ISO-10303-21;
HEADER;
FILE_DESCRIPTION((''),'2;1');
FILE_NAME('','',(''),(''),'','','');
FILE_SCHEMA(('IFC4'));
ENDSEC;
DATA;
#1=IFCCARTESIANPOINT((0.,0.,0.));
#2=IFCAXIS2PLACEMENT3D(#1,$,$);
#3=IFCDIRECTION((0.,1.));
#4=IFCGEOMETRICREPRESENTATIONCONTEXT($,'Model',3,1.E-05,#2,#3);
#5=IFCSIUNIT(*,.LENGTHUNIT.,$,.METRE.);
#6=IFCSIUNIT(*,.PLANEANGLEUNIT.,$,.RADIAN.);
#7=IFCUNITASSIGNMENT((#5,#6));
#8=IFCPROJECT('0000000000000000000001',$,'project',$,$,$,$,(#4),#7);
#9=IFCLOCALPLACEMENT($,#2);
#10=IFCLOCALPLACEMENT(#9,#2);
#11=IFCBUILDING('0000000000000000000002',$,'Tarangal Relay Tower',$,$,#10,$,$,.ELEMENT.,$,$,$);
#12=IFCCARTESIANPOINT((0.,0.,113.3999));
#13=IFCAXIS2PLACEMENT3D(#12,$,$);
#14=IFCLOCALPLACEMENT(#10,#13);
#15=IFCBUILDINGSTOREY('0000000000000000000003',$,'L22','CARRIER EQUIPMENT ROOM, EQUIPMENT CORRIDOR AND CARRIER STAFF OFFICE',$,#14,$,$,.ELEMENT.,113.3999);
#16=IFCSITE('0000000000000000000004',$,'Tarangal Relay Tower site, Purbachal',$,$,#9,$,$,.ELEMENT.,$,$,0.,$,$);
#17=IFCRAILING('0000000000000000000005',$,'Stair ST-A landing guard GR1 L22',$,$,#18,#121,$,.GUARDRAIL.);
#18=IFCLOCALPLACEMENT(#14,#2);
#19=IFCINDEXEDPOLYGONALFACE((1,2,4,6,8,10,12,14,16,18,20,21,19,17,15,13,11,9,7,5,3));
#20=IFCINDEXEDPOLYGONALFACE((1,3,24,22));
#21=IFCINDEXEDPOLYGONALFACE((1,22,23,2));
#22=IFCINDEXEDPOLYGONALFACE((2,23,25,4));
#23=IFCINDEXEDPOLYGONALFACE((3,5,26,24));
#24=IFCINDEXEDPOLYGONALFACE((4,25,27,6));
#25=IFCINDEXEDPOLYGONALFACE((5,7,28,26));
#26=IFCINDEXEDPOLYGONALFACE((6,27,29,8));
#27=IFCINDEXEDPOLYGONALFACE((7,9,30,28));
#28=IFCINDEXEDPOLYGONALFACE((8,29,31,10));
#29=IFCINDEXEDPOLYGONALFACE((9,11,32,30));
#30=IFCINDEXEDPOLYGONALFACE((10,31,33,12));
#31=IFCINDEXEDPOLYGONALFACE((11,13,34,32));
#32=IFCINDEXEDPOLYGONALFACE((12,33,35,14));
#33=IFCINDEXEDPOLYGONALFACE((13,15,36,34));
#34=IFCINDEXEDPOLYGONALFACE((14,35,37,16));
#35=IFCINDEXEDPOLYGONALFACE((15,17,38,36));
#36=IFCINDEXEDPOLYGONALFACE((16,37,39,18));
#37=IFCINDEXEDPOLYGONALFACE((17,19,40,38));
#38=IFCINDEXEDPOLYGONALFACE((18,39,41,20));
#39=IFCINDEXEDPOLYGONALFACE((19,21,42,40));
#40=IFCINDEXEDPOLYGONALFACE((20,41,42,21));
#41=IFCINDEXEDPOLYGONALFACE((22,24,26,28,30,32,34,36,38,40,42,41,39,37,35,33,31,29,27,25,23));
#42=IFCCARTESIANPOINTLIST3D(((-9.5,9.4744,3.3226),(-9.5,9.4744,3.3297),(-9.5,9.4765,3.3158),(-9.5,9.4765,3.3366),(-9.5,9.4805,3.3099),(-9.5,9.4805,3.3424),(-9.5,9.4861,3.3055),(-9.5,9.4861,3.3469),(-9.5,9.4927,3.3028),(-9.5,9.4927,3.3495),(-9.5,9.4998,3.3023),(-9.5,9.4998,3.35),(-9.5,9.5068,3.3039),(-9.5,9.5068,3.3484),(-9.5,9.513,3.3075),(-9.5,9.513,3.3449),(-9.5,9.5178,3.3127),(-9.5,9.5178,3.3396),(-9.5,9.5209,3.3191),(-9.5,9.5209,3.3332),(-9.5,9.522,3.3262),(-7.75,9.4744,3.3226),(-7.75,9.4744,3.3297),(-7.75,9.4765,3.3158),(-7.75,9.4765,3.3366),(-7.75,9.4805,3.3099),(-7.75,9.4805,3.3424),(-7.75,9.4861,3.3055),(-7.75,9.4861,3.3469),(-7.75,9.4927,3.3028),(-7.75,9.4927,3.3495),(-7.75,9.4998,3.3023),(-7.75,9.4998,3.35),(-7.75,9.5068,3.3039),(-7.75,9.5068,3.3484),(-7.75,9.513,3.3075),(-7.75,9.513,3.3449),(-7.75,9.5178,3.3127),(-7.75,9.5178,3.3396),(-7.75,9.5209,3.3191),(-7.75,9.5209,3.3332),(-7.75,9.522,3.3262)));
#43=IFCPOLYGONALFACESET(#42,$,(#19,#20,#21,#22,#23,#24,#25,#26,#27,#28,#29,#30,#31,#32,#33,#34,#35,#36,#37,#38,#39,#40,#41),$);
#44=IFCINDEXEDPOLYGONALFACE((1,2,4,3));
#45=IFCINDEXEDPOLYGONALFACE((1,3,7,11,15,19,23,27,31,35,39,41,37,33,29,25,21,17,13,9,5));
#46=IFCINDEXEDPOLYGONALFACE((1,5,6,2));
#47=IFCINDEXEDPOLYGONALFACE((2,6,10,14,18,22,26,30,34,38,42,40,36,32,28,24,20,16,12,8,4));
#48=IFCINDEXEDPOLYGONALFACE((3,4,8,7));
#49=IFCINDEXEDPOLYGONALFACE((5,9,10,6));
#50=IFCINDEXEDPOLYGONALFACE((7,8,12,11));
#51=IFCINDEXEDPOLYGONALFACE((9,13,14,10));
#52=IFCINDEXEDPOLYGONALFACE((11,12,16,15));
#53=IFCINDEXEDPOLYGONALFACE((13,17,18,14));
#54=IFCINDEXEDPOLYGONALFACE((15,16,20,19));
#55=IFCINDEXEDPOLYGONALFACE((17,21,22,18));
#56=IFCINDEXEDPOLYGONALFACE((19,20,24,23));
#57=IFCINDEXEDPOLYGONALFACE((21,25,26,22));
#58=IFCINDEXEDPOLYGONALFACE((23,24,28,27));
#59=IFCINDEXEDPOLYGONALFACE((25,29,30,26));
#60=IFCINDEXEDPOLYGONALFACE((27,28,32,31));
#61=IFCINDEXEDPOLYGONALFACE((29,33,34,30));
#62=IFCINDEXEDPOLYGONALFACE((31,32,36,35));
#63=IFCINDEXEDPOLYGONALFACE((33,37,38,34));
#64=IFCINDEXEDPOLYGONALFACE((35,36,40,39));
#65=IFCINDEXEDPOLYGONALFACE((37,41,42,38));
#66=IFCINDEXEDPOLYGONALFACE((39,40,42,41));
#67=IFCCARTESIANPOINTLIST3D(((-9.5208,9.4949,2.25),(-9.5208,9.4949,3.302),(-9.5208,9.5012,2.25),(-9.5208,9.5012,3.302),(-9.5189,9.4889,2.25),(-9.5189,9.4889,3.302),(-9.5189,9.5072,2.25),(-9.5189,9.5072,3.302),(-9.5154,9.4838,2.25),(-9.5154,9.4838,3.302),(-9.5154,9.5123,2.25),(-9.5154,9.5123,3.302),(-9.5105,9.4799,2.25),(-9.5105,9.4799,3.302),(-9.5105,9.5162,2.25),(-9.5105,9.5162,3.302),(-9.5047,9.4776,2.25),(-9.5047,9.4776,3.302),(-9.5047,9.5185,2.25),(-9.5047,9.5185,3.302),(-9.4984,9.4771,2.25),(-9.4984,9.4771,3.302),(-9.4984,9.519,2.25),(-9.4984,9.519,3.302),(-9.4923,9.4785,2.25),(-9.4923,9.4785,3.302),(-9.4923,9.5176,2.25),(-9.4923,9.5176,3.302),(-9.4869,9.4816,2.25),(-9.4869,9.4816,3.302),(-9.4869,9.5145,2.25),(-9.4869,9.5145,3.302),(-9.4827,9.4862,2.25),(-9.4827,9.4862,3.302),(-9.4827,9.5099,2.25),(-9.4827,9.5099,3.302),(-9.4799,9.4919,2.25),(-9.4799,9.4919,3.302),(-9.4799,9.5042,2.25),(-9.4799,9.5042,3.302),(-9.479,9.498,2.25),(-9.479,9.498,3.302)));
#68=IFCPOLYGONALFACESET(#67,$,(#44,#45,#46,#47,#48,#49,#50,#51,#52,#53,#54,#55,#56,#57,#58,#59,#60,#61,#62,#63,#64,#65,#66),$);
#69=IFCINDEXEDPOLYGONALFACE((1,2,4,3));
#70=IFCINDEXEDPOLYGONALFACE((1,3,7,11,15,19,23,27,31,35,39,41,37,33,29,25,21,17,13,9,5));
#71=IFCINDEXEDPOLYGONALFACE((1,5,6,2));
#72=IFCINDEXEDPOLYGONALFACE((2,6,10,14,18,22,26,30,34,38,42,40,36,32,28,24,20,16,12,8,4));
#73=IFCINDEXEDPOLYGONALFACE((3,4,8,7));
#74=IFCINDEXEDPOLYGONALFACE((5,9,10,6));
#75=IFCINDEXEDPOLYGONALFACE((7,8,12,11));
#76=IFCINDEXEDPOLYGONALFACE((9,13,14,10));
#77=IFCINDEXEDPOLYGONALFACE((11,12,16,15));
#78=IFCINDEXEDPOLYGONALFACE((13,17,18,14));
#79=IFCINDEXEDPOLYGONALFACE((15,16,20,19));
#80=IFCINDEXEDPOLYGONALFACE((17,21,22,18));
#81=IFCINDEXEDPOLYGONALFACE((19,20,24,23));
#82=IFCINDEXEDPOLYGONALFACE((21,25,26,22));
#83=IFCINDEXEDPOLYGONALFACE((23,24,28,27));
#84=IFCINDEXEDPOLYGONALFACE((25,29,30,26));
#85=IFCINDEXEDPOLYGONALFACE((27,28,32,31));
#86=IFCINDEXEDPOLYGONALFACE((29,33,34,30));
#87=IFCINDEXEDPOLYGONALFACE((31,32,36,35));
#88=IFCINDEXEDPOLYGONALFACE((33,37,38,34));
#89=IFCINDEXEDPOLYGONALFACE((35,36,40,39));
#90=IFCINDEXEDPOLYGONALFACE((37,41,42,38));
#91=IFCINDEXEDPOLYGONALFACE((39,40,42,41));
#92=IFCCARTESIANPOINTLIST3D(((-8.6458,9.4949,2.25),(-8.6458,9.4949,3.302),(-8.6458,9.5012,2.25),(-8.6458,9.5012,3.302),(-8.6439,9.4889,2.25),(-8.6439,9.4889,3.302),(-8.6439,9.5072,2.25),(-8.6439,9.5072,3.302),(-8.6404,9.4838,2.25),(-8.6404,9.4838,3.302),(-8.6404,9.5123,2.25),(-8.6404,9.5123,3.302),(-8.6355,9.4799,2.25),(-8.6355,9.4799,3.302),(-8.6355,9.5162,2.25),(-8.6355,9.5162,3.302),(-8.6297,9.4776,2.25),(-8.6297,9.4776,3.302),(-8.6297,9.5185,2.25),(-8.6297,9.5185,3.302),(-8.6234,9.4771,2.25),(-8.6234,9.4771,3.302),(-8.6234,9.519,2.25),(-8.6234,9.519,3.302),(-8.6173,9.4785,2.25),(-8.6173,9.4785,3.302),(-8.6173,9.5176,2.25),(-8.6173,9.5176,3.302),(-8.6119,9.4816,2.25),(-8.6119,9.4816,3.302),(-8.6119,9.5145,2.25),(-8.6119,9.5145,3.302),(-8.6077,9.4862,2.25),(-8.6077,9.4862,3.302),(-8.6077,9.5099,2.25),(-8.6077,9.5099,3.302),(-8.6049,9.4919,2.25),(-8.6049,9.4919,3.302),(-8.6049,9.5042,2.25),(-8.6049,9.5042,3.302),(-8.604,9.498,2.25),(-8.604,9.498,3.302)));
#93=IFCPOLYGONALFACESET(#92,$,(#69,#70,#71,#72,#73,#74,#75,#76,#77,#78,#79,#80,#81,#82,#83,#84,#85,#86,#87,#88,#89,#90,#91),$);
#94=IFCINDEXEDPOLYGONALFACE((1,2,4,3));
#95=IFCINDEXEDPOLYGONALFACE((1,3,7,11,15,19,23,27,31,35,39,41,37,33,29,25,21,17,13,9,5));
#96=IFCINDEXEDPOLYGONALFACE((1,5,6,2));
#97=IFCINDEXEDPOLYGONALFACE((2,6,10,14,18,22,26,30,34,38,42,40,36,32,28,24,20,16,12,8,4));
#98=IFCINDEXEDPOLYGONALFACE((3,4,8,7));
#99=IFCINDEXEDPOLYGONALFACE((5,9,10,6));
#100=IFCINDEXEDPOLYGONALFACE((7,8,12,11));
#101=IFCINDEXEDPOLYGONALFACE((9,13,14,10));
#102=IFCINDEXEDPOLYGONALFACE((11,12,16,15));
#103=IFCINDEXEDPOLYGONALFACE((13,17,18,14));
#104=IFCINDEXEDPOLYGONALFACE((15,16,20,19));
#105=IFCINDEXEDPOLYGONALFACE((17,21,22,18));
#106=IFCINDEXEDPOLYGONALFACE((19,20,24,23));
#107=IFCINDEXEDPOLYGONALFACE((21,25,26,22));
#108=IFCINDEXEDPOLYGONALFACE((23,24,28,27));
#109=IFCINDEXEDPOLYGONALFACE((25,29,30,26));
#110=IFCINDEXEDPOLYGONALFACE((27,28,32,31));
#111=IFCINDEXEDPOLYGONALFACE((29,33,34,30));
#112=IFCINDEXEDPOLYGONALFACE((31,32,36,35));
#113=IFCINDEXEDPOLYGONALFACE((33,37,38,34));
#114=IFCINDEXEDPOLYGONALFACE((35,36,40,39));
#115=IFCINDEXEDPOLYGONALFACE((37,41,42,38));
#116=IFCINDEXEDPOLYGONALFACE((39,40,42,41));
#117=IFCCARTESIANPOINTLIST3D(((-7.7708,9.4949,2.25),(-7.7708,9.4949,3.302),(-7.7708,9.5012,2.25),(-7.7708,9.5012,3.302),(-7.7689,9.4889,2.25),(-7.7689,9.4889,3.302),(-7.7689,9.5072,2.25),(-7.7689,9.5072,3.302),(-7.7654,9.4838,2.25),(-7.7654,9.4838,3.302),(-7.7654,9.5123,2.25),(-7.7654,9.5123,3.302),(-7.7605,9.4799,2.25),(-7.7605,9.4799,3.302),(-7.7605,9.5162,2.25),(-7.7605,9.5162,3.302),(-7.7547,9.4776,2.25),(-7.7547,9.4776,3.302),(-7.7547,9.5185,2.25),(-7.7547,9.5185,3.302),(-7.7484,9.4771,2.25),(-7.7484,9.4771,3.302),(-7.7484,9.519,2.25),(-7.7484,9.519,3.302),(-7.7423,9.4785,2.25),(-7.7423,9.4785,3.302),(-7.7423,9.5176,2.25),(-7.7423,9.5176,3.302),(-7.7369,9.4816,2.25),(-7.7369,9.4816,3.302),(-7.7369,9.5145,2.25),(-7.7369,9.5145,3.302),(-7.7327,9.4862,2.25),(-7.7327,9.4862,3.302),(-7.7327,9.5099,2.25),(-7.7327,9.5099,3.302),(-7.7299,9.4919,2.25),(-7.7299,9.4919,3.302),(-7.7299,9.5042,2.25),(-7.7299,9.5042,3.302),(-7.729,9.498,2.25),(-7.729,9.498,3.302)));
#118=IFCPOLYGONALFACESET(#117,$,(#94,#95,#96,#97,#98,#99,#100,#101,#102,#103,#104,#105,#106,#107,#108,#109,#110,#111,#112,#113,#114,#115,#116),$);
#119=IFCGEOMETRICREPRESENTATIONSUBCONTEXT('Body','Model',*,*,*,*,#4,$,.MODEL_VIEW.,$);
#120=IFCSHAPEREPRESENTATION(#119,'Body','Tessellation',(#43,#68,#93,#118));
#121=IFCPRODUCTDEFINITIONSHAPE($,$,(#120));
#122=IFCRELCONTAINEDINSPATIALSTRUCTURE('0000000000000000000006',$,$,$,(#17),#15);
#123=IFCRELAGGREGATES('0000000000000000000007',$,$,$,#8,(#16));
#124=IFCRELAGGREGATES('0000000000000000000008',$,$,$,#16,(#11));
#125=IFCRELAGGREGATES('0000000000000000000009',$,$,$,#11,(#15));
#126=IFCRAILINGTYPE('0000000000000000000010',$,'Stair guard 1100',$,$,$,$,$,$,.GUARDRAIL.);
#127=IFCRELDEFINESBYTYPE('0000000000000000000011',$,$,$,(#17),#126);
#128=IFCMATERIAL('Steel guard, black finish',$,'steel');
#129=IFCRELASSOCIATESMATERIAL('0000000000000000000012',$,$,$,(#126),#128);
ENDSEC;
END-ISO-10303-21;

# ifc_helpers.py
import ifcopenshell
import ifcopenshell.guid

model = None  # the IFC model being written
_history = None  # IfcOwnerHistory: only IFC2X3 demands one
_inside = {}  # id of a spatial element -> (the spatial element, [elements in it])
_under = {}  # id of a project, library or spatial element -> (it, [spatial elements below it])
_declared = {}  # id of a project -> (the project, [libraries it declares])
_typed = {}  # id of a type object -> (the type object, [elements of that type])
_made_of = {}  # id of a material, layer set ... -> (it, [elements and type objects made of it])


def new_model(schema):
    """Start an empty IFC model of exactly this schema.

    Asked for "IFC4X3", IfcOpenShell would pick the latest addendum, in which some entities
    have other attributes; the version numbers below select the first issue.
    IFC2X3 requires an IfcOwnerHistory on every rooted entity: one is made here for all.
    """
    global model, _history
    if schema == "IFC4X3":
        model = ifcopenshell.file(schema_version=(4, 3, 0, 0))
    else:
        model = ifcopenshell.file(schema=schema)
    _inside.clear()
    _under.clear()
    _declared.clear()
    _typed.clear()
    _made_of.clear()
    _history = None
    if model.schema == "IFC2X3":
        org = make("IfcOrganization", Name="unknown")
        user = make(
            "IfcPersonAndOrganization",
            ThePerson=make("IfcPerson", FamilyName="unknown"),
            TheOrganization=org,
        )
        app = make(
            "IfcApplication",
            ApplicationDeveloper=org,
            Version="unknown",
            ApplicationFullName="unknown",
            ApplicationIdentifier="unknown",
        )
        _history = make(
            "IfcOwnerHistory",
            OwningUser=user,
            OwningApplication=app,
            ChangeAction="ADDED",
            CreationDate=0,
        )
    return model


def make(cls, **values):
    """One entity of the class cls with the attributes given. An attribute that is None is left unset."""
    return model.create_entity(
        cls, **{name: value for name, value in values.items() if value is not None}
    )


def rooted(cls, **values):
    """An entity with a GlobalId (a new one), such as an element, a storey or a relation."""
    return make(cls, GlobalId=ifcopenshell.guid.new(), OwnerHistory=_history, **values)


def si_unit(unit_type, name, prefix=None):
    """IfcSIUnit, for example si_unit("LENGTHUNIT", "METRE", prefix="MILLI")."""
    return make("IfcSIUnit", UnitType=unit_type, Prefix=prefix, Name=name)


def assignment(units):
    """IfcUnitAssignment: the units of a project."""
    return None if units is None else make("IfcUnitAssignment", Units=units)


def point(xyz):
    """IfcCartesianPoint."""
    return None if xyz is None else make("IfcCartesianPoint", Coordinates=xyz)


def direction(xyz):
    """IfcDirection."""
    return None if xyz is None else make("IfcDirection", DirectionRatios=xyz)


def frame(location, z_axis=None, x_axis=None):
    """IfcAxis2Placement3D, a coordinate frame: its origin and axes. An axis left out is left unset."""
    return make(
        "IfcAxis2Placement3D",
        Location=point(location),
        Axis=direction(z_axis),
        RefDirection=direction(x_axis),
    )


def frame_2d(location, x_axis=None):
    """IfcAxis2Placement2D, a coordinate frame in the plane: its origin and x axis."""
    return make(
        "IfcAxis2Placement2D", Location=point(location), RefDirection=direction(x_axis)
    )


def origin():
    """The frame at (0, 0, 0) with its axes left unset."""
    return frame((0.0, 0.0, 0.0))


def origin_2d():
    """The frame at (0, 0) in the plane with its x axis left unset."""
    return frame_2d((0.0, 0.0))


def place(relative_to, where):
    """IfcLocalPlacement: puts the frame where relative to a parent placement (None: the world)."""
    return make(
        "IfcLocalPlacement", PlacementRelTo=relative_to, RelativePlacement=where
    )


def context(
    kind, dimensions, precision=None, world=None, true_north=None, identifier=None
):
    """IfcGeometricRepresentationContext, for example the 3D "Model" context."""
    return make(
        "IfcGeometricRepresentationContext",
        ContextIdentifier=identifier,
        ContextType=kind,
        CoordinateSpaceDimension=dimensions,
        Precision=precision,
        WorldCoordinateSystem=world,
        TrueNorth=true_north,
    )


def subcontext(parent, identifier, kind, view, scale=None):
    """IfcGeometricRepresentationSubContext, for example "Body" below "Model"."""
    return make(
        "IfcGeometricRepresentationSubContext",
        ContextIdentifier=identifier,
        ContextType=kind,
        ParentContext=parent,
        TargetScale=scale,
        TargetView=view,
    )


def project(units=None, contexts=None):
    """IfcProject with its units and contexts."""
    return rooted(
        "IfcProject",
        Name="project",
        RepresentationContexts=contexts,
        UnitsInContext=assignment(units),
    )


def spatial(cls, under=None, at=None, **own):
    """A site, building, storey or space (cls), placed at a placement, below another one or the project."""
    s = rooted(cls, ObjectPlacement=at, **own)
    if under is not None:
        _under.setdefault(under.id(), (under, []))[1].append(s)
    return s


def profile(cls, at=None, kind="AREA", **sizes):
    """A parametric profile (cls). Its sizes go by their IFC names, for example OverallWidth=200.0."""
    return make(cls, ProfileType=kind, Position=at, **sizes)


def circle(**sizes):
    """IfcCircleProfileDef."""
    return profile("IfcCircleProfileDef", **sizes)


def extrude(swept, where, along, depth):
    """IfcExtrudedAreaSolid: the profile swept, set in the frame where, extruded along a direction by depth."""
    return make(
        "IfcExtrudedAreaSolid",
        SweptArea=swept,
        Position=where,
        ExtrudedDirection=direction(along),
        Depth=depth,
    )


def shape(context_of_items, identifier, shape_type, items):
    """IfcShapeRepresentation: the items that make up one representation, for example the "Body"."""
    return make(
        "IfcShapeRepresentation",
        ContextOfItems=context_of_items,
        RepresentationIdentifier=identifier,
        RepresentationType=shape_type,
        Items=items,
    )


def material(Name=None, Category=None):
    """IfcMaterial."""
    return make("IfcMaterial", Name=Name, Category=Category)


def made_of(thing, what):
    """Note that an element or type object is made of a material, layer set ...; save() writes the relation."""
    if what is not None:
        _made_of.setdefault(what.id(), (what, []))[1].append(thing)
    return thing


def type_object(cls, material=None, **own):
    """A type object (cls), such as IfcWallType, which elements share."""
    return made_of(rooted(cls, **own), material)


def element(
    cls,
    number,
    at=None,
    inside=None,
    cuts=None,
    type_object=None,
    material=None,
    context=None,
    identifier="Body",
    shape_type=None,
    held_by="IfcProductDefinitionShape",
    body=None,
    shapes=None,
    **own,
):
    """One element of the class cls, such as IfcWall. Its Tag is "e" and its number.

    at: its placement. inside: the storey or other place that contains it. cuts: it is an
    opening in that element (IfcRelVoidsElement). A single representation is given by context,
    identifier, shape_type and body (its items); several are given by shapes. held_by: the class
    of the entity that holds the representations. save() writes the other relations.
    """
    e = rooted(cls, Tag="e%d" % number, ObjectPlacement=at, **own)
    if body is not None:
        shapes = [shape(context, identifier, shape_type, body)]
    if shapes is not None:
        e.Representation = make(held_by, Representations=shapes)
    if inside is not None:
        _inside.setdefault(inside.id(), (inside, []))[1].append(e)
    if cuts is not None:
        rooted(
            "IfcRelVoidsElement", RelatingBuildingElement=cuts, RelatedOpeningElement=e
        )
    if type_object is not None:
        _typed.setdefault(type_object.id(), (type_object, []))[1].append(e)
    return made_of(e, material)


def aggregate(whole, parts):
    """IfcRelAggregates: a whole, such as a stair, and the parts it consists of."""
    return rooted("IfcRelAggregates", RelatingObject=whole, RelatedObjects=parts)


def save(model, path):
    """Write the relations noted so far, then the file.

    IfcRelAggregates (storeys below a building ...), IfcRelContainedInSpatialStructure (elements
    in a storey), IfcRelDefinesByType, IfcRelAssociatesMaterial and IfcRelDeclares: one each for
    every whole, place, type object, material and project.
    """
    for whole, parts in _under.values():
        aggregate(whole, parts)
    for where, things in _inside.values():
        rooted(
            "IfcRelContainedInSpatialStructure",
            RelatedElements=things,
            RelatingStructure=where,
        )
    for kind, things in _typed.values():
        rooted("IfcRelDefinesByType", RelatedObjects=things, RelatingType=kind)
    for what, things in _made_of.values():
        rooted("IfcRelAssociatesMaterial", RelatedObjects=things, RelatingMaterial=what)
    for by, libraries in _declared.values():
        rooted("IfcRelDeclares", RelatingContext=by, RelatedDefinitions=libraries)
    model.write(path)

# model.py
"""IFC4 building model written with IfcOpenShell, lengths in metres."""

from ifc_helpers import new_model, si_unit, direction, frame, origin, origin_2d, place, context, subcontext, project, spatial, circle, extrude, material, type_object, element, save


model = new_model("IFC4")

# Units and contexts
model_context = context("Model", 3, precision=1e-05, world=origin(), true_north=direction((0.0, 1.0)))
body_context = subcontext(model_context, "Body", "Model", "MODEL_VIEW")
ifc_project = project(units=[si_unit("LENGTHUNIT", "METRE"), si_unit("PLANEANGLEUNIT", "RADIAN")], contexts=[model_context])

# Site, building, storey
site_placement = place(None, origin())
site = spatial("IfcSite", under=ifc_project, at=site_placement, Name="Tarangal Relay Tower site, Purbachal", CompositionType="ELEMENT", RefElevation=0.0)
building_placement = place(site_placement, origin())
building = spatial("IfcBuilding", under=site, at=building_placement, Name="Tarangal Relay Tower", CompositionType="ELEMENT")
storey_placement = place(building_placement, frame((0.0, 0.0, 113.3999)))
storey = spatial("IfcBuildingStorey", under=building, at=storey_placement, Name="L22", Description="CARRIER EQUIPMENT ROOM, EQUIPMENT CORRIDOR AND CARRIER STAFF OFFICE", CompositionType="ELEMENT", Elevation=113.3999)

# Railing
ifc_material_1 = material(Name="Steel guard, black finish", Category="steel")
railing_type_1 = type_object("IfcRailingType", Name="Stair guard 1100", PredefinedType="GUARDRAIL", material=ifc_material_1)
railing_1_placement = place(storey_placement, frame((-9.5, 9.498, 2.25)))
element("IfcRailing", 1, at=railing_1_placement, inside=storey, type_object=railing_type_1, Name="Stair ST-A landing guard GR1 L22", PredefinedType="GUARDRAIL", context=body_context, shape_type="SweptSolid", body=[
    extrude(circle(Radius=0.0239, at=origin_2d()), frame((0.0, 0.0, 1.0762), z_axis=(1.0, 0.0, 0.0), x_axis=(0.0, 1.0, 0.0)), (0.0, 0.0, 1.0), 1.75),
    extrude(circle(Radius=0.021, at=origin_2d()), origin(), (0.0, 0.0, 1.0), 1.052),
    extrude(circle(Radius=0.021, at=origin_2d()), frame((0.875, 0.0, 0.0)), (0.0, 0.0, 1.0), 1.052),
    extrude(circle(Radius=0.021, at=origin_2d()), frame((1.75, 0.0, 0.0)), (0.0, 0.0, 1.0), 1.052),
])

save(model, "model.ifc")
